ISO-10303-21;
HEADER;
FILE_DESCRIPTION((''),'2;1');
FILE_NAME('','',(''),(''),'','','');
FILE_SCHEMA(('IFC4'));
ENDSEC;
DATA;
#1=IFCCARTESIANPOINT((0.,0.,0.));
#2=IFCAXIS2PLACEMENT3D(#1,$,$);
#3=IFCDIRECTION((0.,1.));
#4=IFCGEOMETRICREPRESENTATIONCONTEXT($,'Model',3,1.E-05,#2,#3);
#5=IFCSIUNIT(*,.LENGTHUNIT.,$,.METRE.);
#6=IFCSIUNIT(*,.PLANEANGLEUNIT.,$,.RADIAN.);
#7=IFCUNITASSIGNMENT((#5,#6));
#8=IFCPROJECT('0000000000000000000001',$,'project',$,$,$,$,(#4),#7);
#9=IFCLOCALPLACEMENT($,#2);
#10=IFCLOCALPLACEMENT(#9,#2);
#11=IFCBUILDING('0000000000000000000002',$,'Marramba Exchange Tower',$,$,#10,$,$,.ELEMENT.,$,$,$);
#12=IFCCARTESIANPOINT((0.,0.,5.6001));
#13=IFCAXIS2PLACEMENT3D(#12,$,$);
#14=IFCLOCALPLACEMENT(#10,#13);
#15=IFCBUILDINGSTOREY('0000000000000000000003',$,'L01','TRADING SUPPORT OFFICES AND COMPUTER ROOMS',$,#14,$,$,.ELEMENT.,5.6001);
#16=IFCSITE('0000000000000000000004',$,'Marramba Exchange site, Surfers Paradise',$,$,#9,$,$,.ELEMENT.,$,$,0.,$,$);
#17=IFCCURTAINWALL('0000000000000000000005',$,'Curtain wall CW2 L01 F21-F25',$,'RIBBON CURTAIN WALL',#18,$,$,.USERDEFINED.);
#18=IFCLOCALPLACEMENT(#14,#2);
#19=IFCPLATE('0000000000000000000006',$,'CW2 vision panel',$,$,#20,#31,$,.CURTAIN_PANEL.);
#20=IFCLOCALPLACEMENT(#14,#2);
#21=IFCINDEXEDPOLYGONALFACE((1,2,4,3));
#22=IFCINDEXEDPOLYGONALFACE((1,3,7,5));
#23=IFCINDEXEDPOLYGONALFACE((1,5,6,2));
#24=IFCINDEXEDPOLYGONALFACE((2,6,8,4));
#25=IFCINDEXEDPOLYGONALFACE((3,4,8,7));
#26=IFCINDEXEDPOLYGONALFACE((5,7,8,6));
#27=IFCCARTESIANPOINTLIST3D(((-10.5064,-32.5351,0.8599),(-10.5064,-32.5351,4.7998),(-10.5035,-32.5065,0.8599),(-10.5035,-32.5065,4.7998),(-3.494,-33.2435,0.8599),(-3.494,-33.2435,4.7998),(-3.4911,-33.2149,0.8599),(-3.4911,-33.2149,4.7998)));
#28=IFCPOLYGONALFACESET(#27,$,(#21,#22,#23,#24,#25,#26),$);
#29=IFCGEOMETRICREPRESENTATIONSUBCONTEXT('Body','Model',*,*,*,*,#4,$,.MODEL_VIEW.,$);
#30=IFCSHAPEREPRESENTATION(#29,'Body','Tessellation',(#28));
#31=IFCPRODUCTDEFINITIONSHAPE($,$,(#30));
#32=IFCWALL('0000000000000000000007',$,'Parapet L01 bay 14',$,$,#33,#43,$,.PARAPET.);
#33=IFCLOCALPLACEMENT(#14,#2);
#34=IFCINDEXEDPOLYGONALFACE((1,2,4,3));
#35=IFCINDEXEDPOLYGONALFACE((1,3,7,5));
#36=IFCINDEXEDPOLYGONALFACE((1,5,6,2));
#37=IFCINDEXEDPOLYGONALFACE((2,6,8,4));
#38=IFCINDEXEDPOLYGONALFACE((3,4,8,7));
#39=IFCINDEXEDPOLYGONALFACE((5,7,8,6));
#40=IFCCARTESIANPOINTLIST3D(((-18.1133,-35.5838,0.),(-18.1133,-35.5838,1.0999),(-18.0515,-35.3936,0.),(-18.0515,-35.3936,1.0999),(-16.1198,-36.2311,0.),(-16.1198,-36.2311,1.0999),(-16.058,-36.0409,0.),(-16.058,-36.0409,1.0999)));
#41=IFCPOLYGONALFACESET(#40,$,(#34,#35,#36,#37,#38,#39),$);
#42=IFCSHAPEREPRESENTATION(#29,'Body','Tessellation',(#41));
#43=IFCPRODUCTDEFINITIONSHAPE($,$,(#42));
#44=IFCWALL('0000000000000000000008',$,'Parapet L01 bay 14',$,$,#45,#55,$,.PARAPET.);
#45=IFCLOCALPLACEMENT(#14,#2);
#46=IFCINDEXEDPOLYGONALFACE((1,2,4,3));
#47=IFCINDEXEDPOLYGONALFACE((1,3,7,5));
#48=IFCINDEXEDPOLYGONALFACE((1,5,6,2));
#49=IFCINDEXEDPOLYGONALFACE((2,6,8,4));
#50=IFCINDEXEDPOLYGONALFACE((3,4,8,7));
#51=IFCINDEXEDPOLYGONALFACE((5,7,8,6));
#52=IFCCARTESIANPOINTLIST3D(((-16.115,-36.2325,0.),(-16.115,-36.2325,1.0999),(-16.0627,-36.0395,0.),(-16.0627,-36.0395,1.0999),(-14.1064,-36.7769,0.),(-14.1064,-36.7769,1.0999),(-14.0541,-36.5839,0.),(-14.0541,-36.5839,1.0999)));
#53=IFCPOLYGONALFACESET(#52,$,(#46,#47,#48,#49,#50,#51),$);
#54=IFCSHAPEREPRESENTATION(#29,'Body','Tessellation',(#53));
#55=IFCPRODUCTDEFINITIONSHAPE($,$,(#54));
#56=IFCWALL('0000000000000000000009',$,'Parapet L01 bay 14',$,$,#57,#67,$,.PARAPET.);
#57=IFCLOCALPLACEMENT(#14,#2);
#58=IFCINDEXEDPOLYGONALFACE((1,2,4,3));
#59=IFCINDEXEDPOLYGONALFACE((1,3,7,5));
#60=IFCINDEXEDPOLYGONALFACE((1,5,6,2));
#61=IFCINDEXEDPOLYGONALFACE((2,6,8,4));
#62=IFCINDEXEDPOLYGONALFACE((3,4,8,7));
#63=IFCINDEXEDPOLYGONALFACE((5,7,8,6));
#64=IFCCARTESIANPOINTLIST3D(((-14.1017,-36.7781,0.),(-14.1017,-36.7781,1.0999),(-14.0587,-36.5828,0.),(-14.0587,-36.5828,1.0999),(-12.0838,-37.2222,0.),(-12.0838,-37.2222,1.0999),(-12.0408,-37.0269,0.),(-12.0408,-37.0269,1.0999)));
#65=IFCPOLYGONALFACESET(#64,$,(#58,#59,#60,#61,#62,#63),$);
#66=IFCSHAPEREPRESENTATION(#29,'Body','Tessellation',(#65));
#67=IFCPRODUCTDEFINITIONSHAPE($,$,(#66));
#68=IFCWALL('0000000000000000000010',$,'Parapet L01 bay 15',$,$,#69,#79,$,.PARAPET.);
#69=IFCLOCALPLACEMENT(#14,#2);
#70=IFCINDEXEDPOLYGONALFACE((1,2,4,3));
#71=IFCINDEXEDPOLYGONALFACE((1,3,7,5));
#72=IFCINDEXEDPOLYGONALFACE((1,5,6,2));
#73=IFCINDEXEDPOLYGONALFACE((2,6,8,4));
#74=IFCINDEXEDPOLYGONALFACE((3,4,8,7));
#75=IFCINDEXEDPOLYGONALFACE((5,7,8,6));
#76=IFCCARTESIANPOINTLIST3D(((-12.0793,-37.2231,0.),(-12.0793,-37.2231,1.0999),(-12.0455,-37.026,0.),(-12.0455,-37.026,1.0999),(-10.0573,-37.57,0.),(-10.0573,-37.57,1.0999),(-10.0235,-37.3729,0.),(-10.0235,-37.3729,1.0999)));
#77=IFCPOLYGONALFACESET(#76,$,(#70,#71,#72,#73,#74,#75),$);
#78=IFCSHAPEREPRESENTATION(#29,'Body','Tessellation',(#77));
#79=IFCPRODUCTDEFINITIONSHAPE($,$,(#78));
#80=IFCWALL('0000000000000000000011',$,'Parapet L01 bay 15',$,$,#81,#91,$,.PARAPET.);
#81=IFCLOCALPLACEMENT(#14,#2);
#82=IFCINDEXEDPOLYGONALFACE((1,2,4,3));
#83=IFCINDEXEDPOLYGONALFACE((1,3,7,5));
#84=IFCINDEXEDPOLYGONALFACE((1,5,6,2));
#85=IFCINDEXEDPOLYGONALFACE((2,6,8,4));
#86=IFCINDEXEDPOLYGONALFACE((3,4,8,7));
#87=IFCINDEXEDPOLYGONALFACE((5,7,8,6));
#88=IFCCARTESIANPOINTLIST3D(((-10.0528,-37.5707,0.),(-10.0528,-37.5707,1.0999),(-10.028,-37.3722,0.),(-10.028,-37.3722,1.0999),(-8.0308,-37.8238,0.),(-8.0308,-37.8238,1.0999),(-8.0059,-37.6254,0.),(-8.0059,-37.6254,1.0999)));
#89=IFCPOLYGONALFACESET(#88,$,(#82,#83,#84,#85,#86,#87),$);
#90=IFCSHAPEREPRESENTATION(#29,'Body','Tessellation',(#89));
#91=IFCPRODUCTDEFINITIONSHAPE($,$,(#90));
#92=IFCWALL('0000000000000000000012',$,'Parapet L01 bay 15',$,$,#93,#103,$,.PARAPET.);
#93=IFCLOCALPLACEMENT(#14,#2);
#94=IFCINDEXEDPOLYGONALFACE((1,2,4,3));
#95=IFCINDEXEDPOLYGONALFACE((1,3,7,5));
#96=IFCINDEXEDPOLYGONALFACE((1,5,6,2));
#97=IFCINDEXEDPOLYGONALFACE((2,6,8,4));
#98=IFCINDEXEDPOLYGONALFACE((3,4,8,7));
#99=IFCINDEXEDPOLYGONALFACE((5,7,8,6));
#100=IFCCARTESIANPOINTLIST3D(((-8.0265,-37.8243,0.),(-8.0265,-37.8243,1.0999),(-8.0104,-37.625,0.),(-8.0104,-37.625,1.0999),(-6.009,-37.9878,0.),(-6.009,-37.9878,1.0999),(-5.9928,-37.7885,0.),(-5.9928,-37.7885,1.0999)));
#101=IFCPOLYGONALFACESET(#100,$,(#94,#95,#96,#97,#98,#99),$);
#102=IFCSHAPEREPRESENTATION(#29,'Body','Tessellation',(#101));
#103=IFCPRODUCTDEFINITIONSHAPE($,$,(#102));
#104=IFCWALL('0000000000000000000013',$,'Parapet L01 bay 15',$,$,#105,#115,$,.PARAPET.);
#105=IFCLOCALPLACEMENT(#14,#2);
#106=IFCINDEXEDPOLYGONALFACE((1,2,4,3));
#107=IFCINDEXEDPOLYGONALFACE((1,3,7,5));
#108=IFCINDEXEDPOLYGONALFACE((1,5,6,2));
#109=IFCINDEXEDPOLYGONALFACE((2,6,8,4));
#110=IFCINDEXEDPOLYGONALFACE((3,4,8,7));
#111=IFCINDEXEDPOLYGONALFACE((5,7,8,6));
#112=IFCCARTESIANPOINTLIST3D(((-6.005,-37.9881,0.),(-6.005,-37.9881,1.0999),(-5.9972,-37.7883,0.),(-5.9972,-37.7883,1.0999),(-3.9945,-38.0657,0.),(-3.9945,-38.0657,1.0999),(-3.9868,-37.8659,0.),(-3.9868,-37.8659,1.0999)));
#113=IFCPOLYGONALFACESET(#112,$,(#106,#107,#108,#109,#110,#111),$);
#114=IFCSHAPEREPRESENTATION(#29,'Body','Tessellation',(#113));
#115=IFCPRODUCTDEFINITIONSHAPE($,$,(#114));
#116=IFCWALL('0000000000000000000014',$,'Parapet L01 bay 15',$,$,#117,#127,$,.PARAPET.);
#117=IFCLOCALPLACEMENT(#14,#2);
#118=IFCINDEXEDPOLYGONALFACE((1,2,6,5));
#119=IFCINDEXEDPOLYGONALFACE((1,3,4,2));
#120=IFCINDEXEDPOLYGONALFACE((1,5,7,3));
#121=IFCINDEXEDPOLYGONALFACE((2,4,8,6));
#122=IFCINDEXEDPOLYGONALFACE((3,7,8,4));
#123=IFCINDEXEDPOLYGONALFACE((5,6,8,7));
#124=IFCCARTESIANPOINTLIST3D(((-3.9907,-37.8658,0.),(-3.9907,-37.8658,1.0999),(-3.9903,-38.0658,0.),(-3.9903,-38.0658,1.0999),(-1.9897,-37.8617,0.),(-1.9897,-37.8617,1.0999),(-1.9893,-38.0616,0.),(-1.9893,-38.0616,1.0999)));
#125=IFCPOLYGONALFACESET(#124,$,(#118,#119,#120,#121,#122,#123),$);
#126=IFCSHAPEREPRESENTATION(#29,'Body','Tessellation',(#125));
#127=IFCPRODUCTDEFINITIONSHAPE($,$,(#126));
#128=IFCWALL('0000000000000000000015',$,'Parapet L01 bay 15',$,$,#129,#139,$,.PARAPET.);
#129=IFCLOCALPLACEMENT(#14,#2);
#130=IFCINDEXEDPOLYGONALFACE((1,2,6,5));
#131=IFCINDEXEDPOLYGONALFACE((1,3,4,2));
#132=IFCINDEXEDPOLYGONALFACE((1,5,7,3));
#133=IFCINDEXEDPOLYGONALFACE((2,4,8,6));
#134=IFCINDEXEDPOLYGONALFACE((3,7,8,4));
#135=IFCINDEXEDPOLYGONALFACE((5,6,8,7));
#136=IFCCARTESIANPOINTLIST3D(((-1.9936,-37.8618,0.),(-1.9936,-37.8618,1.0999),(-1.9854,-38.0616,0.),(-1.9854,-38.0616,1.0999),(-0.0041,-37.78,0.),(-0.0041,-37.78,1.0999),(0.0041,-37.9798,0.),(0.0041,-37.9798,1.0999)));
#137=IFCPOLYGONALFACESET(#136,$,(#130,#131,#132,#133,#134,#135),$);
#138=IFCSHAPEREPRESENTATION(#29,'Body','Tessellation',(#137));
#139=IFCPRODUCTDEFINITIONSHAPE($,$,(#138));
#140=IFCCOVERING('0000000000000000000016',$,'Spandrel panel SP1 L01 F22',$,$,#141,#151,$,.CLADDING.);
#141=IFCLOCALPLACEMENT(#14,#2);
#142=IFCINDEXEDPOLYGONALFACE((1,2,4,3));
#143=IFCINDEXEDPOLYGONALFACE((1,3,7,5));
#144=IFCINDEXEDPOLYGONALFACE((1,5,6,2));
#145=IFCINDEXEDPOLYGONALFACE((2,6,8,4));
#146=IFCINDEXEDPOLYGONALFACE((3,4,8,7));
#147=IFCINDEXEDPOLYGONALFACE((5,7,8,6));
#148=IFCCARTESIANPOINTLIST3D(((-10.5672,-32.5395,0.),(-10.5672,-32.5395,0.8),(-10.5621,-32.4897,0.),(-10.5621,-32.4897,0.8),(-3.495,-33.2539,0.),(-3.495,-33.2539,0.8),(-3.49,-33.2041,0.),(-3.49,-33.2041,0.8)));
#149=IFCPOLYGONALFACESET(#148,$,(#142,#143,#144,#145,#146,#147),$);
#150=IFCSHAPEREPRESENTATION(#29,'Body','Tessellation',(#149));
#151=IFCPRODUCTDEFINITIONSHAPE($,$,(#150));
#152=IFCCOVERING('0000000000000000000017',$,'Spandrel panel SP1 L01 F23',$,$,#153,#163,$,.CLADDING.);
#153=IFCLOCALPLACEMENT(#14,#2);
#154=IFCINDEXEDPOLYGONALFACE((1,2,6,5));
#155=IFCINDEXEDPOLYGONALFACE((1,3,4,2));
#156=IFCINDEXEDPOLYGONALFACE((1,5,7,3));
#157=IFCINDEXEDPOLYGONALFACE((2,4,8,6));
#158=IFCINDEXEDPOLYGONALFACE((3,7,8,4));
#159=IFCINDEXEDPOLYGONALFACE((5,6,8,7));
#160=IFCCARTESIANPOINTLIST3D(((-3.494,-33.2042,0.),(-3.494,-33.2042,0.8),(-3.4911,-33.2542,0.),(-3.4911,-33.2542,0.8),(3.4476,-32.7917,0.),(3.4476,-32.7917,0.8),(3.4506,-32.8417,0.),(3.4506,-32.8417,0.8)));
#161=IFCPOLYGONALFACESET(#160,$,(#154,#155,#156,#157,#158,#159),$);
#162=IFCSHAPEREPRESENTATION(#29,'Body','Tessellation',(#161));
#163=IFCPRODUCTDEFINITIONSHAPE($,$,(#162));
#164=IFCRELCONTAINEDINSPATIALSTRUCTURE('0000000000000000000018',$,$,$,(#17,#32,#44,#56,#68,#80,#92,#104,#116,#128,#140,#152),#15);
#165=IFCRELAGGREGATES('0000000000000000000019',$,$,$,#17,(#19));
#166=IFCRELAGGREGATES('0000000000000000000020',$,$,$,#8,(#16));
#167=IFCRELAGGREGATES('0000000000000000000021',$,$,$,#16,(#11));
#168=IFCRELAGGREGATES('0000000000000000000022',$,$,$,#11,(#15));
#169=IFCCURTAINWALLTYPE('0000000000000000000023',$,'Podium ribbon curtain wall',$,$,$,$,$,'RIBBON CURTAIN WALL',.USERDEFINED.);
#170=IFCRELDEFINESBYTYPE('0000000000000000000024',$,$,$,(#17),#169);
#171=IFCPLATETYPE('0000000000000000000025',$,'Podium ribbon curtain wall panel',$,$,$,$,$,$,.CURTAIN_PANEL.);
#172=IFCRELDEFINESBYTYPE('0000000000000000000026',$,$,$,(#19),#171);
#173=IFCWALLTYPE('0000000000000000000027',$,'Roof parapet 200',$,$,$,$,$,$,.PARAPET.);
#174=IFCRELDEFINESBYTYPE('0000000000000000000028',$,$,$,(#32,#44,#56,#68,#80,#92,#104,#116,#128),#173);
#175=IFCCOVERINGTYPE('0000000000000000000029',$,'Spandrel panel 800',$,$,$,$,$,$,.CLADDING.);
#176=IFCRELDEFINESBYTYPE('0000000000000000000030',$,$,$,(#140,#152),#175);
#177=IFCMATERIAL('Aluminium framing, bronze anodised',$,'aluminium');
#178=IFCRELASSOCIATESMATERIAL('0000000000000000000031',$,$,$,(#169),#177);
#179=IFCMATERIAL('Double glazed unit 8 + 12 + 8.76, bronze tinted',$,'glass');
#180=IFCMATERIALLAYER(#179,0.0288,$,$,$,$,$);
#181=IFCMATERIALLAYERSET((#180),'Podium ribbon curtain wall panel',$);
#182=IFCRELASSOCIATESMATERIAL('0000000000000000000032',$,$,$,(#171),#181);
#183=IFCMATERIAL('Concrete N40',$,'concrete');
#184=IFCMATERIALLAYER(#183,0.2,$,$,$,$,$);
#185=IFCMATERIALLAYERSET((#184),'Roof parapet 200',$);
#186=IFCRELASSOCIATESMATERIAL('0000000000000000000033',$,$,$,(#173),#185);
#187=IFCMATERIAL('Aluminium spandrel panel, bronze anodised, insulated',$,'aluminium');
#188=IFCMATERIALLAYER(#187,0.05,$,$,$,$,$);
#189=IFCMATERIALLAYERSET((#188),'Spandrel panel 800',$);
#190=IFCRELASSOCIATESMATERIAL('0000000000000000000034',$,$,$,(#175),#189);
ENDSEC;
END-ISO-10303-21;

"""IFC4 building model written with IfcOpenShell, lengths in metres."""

from ifc_helpers import new_model, si_unit, direction, frame, frame_2d, origin, origin_2d, place, context, subcontext, project, spatial, rectangle, extrude, material, layer, layer_set, type_object, element, aggregate, save


model = new_model("IFC4")

# Units and contexts
model_context = context("Model", 3, precision=1e-05, world=origin(), true_north=direction((0.0, 1.0)))
body_context = subcontext(model_context, "Body", "Model", "MODEL_VIEW")
ifc_project = project(units=[si_unit("LENGTHUNIT", "METRE"), si_unit("PLANEANGLEUNIT", "RADIAN")], contexts=[model_context])

# Site, building, storey
site_placement = place(None, origin())
site = spatial("IfcSite", under=ifc_project, at=site_placement, Name="Marramba Exchange site, Surfers Paradise", CompositionType="ELEMENT", RefElevation=0.0)
building_placement = place(site_placement, origin())
building = spatial("IfcBuilding", under=site, at=building_placement, Name="Marramba Exchange Tower", CompositionType="ELEMENT")
storey_placement = place(building_placement, frame((0.0, 0.0, 5.6001)))
storey = spatial("IfcBuildingStorey", under=building, at=storey_placement, Name="L01", Description="TRADING SUPPORT OFFICES AND COMPUTER ROOMS", CompositionType="ELEMENT", Elevation=5.6001)

# Curtain wall
ifc_material_1 = material(Name="Aluminium framing, bronze anodised", Category="aluminium")
curtain_wall_type = type_object("IfcCurtainWallType", Name="Podium ribbon curtain wall", ElementType="RIBBON CURTAIN WALL", PredefinedType="USERDEFINED", material=ifc_material_1)
curtain_wall_placement = place(storey_placement, origin())
curtain_wall = element("IfcCurtainWall", 1, at=curtain_wall_placement, inside=storey, type_object=curtain_wall_type, Name="Curtain wall CW2 L01 F21-F25", ObjectType="RIBBON CURTAIN WALL", PredefinedType="USERDEFINED")

# Plate
ifc_material_2 = material(Name="Double glazed unit 8 + 12 + 8.76, bronze tinted", Category="glass")
ifc_layer_1 = layer(ifc_material_2, 0.0288)
ifc_layer_set_1 = layer_set([ifc_layer_1], Name="Podium ribbon curtain wall panel")
plate_type = type_object("IfcPlateType", Name="Podium ribbon curtain wall panel", PredefinedType="CURTAIN_PANEL", material=ifc_layer_set_1)
plate_placement = place(storey_placement, frame((-6.9988, -32.875, 0.8599), z_axis=(0.0, 0.0, 1.0), x_axis=(0.994936, -0.100506, 0.0)))
plate = element("IfcPlate", 2, at=plate_placement, type_object=plate_type, Name="CW2 vision panel", PredefinedType="CURTAIN_PANEL", context=body_context, shape_type="SweptSolid", body=[
    extrude(rectangle(XDim=7.0481, YDim=0.0288, at=origin_2d()), origin(), (0.0, 0.0, 1.0), 3.9399),
])
aggregate(curtain_wall, [plate])

# Walls
ifc_material_3 = material(Name="Concrete N40", Category="concrete")
ifc_layer_2 = layer(ifc_material_3, 0.2)
ifc_layer_set_2 = layer_set([ifc_layer_2], Name="Roof parapet 200")
wall_type = type_object("IfcWallType", Name="Roof parapet 200", PredefinedType="PARAPET", material=ifc_layer_set_2)
wall_1_placement = place(storey_placement, frame((-18.0823, -35.4888, 0.0), z_axis=(0.0, 0.0, 1.0), x_axis=(0.951124, -0.308809, 0.0)))
element("IfcWall", 3, at=wall_1_placement, inside=storey, type_object=wall_type, Name="Parapet L01 bay 14", PredefinedType="PARAPET", context=body_context, shape_type="SweptSolid", body=[
    extrude(rectangle(XDim=2.0959, YDim=0.2, at=frame_2d((1.0479, 0.0))), origin(), (0.0, 0.0, 1.0), 1.0999),
])
wall_2_placement = place(storey_placement, frame((-16.0889, -36.136, 0.0), z_axis=(0.0, 0.0, 1.0), x_axis=(0.965171, -0.261618, 0.0)))
element("IfcWall", 4, at=wall_2_placement, inside=storey, type_object=wall_type, Name="Parapet L01 bay 14", PredefinedType="PARAPET", context=body_context, shape_type="SweptSolid", body=[
    extrude(rectangle(XDim=2.0811, YDim=0.2, at=frame_2d((1.0405, 0.0))), origin(), (0.0, 0.0, 1.0), 1.0999),
])
wall_3_placement = place(storey_placement, frame((-14.0803, -36.6804, 0.0), z_axis=(0.0, 0.0, 1.0), x_axis=(0.976627, -0.214941, 0.0)))
element("IfcWall", 5, at=wall_3_placement, inside=storey, type_object=wall_type, Name="Parapet L01 bay 14", PredefinedType="PARAPET", context=body_context, shape_type="SweptSolid", body=[
    extrude(rectangle(XDim=2.0662, YDim=0.2, at=frame_2d((1.0332, 0.0))), origin(), (0.0, 0.0, 1.0), 1.0999),
])
wall_4_placement = place(storey_placement, frame((-12.0625, -37.1245, 0.0), z_axis=(0.0, 0.0, 1.0), x_axis=(0.985598, -0.169106, 0.0)))
element("IfcWall", 6, at=wall_4_placement, inside=storey, type_object=wall_type, Name="Parapet L01 bay 15", PredefinedType="PARAPET", context=body_context, shape_type="SweptSolid", body=[
    extrude(rectangle(XDim=2.0515, YDim=0.2, at=frame_2d((1.0259, 0.0))), origin(), (0.0, 0.0, 1.0), 1.0999),
])
wall_5_placement = place(storey_placement, frame((-10.0405, -37.4714, 0.0), z_axis=(0.0, 0.0, 1.0), x_axis=(0.992252, -0.124241, 0.0)))
element("IfcWall", 7, at=wall_5_placement, inside=storey, type_object=wall_type, Name="Parapet L01 bay 15", PredefinedType="PARAPET", context=body_context, shape_type="SweptSolid", body=[
    extrude(rectangle(XDim=2.0378, YDim=0.2, at=frame_2d((1.019, 0.0))), origin(), (0.0, 0.0, 1.0), 1.0999),
])
wall_6_placement = place(storey_placement, frame((-8.0186, -37.7246, 0.0), z_axis=(0.0, 0.0, 1.0), x_axis=(0.99673, -0.080809, 0.0)))
element("IfcWall", 8, at=wall_6_placement, inside=storey, type_object=wall_type, Name="Parapet L01 bay 15", PredefinedType="PARAPET", context=body_context, shape_type="SweptSolid", body=[
    extrude(rectangle(XDim=2.0242, YDim=0.2, at=frame_2d((1.0122, 0.0))), origin(), (0.0, 0.0, 1.0), 1.0999),
])
wall_7_placement = place(storey_placement, frame((-6.001, -37.8882, 0.0), z_axis=(0.0, 0.0, 1.0), x_axis=(0.999255, -0.038587, 0.0)))
element("IfcWall", 9, at=wall_7_placement, inside=storey, type_object=wall_type, Name="Parapet L01 bay 15", PredefinedType="PARAPET", context=body_context, shape_type="SweptSolid", body=[
    extrude(rectangle(XDim=2.012, YDim=0.2, at=frame_2d((1.0059, 0.0))), origin(), (0.0, 0.0, 1.0), 1.0999),
])
wall_8_placement = place(storey_placement, frame((-3.9905, -37.9658, 0.0), z_axis=(0.0, 0.0, 1.0), x_axis=(0.999998, 0.002074, 0.0)))
element("IfcWall", 10, at=wall_8_placement, inside=storey, type_object=wall_type, Name="Parapet L01 bay 15", PredefinedType="PARAPET", context=body_context, shape_type="SweptSolid", body=[
    extrude(rectangle(XDim=2.001, YDim=0.2, at=frame_2d((1.0005, 0.0))), origin(), (0.0, 0.0, 1.0), 1.0999),
])
wall_9_placement = place(storey_placement, frame((-1.9895, -37.9617, 0.0), z_axis=(0.0, 0.0, 1.0), x_axis=(0.999156, 0.041075, 0.0)))
element("IfcWall", 11, at=wall_9_placement, inside=storey, type_object=wall_type, Name="Parapet L01 bay 15", PredefinedType="PARAPET", context=body_context, shape_type="SweptSolid", body=[
    extrude(rectangle(XDim=1.9912, YDim=0.2, at=frame_2d((0.9956, 0.0))), origin(), (0.0, 0.0, 1.0), 1.0999),
])

# Coverings
ifc_material_4 = material(Name="Aluminium spandrel panel, bronze anodised, insulated", Category="aluminium")
ifc_layer_3 = layer(ifc_material_4, 0.05)
ifc_layer_set_3 = layer_set([ifc_layer_3], Name="Spandrel panel 800")
covering_type = type_object("IfcCoveringType", Name="Spandrel panel 800", PredefinedType="CLADDING", material=ifc_layer_set_3)
covering_1_placement = place(storey_placement, frame((-7.0286, -32.8718, 0.0), z_axis=(0.0, 0.0, 1.0), x_axis=(0.994936, -0.100506, 0.0)))
element("IfcCovering", 12, at=covering_1_placement, inside=storey, type_object=covering_type, Name="Spandrel panel SP1 L01 F22", PredefinedType="CLADDING", context=body_context, shape_type="SweptSolid", body=[
    extrude(rectangle(XDim=7.1082, YDim=0.05, at=origin_2d()), origin(), (0.0, 0.0, 1.0), 0.8),
])
covering_2_placement = place(storey_placement, frame((-0.0217, -33.0229, 0.0), z_axis=(0.0, 0.0, 1.0), x_axis=(0.998239, 0.059317, 0.0)))
element("IfcCovering", 13, at=covering_2_placement, inside=storey, type_object=covering_type, Name="Spandrel panel SP1 L01 F23", PredefinedType="CLADDING", context=body_context, shape_type="SweptSolid", body=[
    extrude(rectangle(XDim=6.9539, YDim=0.05, at=origin_2d()), origin(), (0.0, 0.0, 1.0), 0.8),
])

save(model, "model.ifc")
